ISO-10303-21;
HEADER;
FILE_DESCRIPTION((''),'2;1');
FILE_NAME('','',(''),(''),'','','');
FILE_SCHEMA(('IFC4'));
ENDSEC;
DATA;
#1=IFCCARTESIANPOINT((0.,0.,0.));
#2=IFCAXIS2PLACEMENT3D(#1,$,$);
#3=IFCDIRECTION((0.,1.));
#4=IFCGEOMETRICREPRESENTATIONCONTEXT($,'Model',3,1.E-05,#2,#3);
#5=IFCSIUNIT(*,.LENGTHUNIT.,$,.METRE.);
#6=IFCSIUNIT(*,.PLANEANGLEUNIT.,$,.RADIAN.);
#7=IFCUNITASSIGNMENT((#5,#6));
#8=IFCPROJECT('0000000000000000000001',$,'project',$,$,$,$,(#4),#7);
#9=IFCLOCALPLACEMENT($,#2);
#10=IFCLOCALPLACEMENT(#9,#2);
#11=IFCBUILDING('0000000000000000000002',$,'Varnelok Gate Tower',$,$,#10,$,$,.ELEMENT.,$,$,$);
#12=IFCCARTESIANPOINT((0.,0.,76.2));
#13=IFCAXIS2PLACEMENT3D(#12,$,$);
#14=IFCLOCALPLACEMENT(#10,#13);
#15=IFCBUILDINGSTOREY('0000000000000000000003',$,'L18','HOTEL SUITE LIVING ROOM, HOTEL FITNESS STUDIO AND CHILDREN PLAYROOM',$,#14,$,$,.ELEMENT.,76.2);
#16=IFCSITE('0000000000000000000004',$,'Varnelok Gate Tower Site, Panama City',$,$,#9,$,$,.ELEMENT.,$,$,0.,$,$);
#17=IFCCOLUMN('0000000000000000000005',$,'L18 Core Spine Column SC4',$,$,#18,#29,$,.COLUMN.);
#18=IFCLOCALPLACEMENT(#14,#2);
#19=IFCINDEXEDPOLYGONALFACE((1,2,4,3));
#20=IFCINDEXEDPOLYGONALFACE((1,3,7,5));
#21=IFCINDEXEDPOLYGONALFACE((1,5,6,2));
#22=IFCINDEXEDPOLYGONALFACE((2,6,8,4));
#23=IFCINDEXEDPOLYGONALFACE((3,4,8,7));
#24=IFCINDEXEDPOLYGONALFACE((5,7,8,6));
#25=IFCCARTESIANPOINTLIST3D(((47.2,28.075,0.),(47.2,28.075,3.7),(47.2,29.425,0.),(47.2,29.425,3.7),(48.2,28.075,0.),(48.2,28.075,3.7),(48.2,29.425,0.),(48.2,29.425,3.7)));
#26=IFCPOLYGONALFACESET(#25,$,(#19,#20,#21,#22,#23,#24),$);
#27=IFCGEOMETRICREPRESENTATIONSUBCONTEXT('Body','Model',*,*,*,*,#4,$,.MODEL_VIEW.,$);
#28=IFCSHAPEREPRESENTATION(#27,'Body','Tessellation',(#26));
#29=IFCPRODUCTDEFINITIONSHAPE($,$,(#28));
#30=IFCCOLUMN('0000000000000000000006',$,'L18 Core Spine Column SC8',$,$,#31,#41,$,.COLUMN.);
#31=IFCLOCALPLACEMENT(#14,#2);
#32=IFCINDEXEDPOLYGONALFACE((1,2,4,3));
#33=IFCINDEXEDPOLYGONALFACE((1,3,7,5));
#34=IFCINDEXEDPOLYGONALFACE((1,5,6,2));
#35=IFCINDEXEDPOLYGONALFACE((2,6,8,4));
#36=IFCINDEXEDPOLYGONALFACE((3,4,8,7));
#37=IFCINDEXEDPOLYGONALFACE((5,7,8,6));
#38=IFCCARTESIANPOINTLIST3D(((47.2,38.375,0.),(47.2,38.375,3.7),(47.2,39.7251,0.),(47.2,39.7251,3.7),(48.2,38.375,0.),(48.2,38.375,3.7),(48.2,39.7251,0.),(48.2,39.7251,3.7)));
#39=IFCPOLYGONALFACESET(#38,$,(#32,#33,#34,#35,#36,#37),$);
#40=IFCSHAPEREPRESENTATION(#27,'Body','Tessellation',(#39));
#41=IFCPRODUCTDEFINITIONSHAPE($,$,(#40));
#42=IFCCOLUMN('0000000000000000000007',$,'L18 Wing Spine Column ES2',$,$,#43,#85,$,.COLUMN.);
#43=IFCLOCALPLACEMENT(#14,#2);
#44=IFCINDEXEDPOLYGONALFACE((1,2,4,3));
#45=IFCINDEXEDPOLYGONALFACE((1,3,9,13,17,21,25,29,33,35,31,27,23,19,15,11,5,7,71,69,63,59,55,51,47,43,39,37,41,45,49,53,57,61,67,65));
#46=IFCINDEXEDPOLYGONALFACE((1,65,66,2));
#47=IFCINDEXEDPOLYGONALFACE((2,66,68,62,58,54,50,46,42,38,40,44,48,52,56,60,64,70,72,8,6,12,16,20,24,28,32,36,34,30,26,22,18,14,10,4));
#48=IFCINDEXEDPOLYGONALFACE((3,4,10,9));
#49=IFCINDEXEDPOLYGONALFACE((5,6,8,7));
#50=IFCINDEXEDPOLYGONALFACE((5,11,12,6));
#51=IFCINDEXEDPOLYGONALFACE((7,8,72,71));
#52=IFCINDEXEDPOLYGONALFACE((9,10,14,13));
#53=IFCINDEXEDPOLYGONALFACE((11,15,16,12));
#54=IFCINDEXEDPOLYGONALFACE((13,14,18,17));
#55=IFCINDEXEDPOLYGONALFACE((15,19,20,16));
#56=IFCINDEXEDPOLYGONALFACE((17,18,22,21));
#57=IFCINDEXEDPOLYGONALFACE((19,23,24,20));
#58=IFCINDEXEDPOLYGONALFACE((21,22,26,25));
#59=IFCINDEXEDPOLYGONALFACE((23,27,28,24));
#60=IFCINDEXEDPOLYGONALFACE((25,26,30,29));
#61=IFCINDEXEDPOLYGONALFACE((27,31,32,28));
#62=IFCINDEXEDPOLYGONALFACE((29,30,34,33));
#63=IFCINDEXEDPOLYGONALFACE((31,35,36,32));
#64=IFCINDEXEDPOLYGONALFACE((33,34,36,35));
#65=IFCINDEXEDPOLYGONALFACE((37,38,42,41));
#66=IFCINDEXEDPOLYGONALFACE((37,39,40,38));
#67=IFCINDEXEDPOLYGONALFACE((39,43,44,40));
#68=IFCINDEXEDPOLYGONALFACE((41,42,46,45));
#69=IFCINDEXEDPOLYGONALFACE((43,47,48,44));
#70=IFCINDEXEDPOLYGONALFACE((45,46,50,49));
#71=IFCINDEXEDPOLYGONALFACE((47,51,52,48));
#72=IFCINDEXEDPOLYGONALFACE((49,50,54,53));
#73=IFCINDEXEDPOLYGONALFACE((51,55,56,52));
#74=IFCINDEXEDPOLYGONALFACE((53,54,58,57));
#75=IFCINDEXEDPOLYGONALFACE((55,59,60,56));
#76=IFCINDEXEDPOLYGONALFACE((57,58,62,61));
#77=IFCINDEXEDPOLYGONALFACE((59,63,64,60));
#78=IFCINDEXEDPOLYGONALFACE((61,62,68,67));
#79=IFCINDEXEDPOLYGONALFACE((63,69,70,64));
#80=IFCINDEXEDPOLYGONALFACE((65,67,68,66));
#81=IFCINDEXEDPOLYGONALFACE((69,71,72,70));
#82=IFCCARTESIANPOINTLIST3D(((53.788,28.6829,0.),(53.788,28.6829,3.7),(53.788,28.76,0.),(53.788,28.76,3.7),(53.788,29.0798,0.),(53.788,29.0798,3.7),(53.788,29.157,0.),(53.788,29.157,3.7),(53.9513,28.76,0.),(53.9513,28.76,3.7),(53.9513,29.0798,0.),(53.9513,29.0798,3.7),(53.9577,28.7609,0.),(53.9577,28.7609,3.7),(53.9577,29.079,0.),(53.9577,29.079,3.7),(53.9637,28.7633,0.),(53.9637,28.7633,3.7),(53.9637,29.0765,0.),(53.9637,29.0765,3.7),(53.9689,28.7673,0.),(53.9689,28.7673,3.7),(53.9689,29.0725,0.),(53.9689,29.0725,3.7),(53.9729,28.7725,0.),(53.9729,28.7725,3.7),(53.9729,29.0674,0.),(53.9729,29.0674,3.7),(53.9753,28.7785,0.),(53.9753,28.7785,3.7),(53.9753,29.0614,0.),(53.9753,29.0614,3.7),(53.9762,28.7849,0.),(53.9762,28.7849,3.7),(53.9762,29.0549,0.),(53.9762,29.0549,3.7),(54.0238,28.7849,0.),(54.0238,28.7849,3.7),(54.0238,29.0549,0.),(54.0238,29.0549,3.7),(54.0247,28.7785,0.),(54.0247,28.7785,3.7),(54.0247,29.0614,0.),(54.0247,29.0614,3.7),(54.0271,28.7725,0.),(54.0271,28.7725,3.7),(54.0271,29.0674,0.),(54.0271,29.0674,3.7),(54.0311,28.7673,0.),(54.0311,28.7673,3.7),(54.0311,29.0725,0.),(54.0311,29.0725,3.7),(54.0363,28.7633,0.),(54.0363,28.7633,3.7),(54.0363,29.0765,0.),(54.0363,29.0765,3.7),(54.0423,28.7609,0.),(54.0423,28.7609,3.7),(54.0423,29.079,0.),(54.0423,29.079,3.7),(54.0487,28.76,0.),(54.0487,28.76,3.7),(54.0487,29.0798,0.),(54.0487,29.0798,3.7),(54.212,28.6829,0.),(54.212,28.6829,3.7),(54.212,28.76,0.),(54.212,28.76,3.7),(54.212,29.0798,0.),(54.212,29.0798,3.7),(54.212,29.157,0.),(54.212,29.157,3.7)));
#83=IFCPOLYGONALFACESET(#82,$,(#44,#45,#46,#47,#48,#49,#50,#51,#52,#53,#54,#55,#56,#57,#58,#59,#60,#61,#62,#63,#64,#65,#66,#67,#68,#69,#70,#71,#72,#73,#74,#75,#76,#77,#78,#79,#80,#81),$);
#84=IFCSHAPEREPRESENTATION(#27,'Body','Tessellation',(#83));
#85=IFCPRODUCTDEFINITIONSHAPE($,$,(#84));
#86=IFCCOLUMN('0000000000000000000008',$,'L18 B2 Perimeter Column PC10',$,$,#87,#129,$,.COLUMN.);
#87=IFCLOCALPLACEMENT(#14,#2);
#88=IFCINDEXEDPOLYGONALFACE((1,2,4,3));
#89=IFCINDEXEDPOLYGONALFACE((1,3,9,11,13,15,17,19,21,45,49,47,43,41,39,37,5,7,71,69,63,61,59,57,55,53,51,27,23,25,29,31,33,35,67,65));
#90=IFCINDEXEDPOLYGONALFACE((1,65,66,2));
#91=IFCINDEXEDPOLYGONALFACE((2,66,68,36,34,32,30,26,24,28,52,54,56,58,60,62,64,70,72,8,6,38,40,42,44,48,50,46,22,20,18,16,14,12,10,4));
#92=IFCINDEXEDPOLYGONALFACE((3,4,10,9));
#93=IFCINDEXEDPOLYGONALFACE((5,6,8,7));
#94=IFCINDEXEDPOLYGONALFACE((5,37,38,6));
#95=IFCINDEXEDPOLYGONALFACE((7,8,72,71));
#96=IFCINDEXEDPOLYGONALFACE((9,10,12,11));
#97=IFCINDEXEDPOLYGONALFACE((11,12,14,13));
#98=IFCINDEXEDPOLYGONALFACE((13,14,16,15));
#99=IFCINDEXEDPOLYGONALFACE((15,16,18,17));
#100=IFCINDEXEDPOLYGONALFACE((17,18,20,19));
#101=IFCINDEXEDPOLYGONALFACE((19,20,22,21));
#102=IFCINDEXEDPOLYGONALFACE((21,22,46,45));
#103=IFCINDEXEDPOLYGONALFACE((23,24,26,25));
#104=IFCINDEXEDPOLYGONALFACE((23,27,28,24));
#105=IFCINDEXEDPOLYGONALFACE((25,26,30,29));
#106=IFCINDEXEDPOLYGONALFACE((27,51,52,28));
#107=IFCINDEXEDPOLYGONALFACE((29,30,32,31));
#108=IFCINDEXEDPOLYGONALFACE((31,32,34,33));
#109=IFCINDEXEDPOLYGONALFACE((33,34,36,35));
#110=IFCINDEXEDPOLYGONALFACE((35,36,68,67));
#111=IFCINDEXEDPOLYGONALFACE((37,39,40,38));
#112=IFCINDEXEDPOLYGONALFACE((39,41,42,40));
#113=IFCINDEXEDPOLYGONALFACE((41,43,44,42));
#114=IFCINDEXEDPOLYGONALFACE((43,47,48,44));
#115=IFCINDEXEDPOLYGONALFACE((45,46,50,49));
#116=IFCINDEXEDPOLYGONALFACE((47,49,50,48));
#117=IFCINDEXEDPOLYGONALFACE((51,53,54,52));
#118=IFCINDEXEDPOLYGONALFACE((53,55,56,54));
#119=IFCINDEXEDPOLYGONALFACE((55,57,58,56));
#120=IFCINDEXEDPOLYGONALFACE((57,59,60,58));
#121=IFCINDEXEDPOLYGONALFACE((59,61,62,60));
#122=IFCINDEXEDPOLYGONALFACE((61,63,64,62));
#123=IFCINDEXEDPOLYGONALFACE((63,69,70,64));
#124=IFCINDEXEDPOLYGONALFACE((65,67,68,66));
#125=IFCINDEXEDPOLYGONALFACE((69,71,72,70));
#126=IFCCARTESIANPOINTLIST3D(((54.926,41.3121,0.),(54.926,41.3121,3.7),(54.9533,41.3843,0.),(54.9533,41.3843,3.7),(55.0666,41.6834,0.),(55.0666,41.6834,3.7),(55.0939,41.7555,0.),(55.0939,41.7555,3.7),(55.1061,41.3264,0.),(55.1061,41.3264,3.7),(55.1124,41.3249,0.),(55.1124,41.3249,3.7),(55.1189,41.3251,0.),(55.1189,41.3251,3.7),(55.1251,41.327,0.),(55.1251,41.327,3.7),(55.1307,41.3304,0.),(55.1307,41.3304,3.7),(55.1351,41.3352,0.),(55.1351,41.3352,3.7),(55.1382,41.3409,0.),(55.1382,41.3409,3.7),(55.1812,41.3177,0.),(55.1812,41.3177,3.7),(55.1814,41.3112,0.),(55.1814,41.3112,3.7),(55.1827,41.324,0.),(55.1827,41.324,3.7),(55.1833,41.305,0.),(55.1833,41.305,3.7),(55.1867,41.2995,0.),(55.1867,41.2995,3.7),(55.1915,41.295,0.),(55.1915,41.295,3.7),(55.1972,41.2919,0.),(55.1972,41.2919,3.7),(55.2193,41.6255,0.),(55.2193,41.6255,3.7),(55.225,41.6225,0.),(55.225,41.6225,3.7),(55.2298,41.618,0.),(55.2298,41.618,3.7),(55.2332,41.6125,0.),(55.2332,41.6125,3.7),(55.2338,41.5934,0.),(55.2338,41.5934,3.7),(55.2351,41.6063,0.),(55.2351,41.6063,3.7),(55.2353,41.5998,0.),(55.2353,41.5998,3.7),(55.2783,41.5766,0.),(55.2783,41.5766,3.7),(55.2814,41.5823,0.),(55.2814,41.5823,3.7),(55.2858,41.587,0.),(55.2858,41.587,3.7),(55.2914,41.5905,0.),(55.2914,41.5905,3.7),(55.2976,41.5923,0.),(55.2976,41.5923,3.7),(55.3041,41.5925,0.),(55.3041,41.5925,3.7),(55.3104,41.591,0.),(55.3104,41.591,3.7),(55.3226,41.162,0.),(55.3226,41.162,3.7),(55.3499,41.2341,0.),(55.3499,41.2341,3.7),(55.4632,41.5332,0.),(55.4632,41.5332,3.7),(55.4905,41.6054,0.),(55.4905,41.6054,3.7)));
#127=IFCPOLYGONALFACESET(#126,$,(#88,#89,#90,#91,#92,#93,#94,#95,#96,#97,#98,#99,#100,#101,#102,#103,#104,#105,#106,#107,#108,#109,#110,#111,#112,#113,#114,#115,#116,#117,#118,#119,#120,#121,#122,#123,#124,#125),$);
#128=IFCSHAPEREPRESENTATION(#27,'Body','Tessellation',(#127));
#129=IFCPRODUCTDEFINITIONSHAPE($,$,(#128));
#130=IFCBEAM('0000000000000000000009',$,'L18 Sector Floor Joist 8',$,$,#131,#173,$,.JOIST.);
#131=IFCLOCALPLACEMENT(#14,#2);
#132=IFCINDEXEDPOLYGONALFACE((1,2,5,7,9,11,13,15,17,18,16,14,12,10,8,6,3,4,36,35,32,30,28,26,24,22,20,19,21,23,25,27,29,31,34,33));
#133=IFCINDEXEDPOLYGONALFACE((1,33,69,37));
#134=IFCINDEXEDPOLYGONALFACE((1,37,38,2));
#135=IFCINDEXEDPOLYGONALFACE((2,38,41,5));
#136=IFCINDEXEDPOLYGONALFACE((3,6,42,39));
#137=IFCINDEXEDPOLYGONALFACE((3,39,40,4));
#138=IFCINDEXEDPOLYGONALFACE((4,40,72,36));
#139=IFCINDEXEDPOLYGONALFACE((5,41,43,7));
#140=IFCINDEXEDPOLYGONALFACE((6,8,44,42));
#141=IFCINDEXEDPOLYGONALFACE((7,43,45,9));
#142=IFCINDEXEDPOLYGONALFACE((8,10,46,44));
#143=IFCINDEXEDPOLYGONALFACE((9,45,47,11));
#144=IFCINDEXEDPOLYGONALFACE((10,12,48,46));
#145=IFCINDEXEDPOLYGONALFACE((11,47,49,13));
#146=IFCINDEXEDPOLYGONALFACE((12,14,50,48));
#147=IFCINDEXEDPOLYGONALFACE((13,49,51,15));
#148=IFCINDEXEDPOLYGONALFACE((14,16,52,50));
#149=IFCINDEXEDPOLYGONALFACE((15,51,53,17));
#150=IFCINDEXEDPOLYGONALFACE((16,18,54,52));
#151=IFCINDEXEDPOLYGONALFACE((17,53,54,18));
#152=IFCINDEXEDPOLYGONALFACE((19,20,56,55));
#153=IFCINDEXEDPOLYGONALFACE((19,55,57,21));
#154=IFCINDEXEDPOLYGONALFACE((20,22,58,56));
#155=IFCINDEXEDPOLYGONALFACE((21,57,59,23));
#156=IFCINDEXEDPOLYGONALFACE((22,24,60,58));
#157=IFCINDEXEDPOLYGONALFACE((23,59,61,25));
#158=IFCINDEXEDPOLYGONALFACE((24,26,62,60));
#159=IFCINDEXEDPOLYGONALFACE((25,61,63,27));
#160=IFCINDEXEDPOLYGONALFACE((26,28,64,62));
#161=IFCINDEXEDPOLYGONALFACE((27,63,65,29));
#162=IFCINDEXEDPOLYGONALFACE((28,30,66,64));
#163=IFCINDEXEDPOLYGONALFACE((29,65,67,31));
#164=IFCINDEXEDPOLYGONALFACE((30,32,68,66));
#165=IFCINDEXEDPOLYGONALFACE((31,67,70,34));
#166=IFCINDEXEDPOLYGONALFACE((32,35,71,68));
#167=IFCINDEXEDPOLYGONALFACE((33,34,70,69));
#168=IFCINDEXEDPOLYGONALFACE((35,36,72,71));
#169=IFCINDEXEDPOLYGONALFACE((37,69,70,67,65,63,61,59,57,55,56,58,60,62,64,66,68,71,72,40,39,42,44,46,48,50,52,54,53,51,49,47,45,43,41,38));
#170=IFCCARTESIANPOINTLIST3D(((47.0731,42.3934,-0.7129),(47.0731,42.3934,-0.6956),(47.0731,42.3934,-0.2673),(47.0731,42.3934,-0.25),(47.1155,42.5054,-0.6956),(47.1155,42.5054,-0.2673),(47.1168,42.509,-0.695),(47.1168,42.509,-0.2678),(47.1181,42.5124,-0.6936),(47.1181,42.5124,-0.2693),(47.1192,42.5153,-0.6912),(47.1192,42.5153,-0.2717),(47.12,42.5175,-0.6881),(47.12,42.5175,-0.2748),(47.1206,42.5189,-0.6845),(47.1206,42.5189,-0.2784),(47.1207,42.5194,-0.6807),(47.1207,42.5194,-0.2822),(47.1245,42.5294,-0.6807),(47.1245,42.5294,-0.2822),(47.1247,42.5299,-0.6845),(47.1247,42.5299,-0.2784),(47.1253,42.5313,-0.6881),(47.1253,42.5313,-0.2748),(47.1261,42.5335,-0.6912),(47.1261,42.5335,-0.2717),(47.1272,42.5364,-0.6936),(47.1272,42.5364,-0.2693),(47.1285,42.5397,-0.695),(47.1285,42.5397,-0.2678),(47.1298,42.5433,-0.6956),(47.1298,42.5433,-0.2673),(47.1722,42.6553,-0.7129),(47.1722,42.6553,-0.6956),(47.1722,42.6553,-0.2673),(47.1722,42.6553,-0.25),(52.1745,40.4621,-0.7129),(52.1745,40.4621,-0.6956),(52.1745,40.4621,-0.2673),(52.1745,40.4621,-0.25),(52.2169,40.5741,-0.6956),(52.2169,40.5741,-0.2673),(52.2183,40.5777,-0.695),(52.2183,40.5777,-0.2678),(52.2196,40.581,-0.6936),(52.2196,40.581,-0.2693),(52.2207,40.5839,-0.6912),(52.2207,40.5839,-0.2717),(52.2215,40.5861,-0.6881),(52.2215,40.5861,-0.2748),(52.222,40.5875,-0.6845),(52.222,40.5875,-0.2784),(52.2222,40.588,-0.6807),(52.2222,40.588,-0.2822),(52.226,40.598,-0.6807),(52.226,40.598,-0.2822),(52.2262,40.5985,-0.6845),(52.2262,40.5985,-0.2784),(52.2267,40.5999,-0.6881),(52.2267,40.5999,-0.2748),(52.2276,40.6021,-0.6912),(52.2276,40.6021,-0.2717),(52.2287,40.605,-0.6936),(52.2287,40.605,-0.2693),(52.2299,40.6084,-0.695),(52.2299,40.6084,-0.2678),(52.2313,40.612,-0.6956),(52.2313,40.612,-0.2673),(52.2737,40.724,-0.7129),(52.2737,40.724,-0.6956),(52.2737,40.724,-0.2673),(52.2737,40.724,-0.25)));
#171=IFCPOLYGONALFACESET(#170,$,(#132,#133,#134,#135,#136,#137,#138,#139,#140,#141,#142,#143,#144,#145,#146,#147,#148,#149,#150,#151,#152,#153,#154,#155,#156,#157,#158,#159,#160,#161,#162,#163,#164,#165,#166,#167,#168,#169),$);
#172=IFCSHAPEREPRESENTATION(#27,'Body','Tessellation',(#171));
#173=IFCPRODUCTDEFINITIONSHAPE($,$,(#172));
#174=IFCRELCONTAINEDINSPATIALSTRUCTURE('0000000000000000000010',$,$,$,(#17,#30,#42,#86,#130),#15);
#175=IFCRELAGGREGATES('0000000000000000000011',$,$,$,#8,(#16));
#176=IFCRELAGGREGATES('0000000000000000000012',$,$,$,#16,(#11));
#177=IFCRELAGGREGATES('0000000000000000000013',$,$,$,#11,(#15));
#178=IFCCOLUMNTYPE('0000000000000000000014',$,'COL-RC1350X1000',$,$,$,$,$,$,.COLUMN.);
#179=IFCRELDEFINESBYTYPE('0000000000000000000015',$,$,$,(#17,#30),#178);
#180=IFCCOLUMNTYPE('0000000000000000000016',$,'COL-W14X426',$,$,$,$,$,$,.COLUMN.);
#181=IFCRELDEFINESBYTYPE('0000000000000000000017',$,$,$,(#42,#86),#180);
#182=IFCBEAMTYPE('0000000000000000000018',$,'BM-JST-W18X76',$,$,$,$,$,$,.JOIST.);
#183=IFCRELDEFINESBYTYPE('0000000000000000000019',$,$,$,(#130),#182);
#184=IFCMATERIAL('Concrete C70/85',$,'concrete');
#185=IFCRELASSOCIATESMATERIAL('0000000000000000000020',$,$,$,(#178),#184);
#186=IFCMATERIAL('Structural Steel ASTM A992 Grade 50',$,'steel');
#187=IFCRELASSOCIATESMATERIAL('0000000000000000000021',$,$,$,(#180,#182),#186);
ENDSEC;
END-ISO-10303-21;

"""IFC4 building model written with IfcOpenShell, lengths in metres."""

from ifc_helpers import new_model, si_unit, direction, frame, origin, origin_2d, place, context, subcontext, project, spatial, rectangle, i_section, extrude, material, material_profile, profile_set, type_object, element, save


model = new_model("IFC4")

# Units and contexts
model_context = context("Model", 3, precision=1e-05, world=origin(), true_north=direction((0.0, 1.0)))
body_context = subcontext(model_context, "Body", "Model", "MODEL_VIEW")
ifc_project = project(units=[si_unit("LENGTHUNIT", "METRE"), si_unit("PLANEANGLEUNIT", "RADIAN")], contexts=[model_context])

# Site, building, storey
site_placement = place(None, origin())
site = spatial("IfcSite", under=ifc_project, at=site_placement, Name="Varnelok Gate Tower Site, Panama City", CompositionType="ELEMENT", RefElevation=0.0)
building_placement = place(site_placement, origin())
building = spatial("IfcBuilding", under=site, at=building_placement, Name="Varnelok Gate Tower", CompositionType="ELEMENT")
storey_placement = place(building_placement, frame((0.0, 0.0, 76.2)))
storey = spatial("IfcBuildingStorey", under=building, at=storey_placement, Name="L18", Description="HOTEL SUITE LIVING ROOM, HOTEL FITNESS STUDIO AND CHILDREN PLAYROOM", CompositionType="ELEMENT", Elevation=76.2)

# Columns
ifc_material_1 = material(Name="Concrete C70/85", Category="concrete")
ifc_material_profile_1 = material_profile(ifc_material_1, rectangle(XDim=1.0, YDim=1.3501, at=origin_2d()), Name="RC1350X1000")
ifc_profile_set_1 = profile_set([ifc_material_profile_1], Name="Concrete C70/85")
column_type_1 = type_object("IfcColumnType", Name="COL-RC1350X1000", PredefinedType="COLUMN", material=ifc_profile_set_1)
for number, where, z_axis, x_axis, name in (
    (1, (47.7, 28.75, 0.0), (0.0, 0.0, 1.0), (1.0, 0.0, 0.0), "L18 Core Spine Column SC4"),
    (2, (47.7, 39.05, 0.0), (0.0, 0.0, 1.0), (1.0, 0.0, 0.0), "L18 Core Spine Column SC8"),
):
    element("IfcColumn", number, at=place(storey_placement, frame(where, z_axis=z_axis, x_axis=x_axis)), inside=storey, type_object=column_type_1, Name=name, PredefinedType="COLUMN", context=body_context, shape_type="SweptSolid", body=[
        extrude(rectangle(XDim=1.0, YDim=1.3501, at=origin_2d()), origin(), (0.0, 0.0, 1.0), 3.7),
    ])
ifc_material_2 = material(Name="Structural Steel ASTM A992 Grade 50", Category="steel")
ifc_material_profile_2 = material_profile(ifc_material_2, i_section(OverallWidth=0.4241, OverallDepth=0.4741, WebThickness=0.0476, FlangeThickness=0.0771, FilletRadius=0.0249, at=origin_2d()), Name="W14X426")
ifc_profile_set_2 = profile_set([ifc_material_profile_2], Name="Structural Steel ASTM A992 Grade 50")
column_type_2 = type_object("IfcColumnType", Name="COL-W14X426", PredefinedType="COLUMN", material=ifc_profile_set_2)
for number, where, z_axis, x_axis, name in (
    (3, (54.0, 28.9199, 0.0), (0.0, 0.0, 1.0), (1.0, 0.0, 0.0), "L18 Wing Spine Column ES2"),
    (4, (55.2083, 41.4587, 0.0), (0.0, 0.0, 1.0), (0.935222, -0.354063, 0.0), "L18 B2 Perimeter Column PC10"),
):
    element("IfcColumn", number, at=place(storey_placement, frame(where, z_axis=z_axis, x_axis=x_axis)), inside=storey, type_object=column_type_2, Name=name, PredefinedType="COLUMN", context=body_context, shape_type="SweptSolid", body=[
        extrude(i_section(OverallWidth=0.4241, OverallDepth=0.4741, WebThickness=0.0476, FlangeThickness=0.0771, FilletRadius=0.0249, at=origin_2d()), origin(), (0.0, 0.0, 1.0), 3.7),
    ])

# Beam
ifc_material_profile_3 = material_profile(ifc_material_2, i_section(OverallWidth=0.28, OverallDepth=0.4629, WebThickness=0.0107, FlangeThickness=0.0173, FilletRadius=0.0149, at=origin_2d()), Name="W18X76")
ifc_profile_set_3 = profile_set([ifc_material_profile_3], Name="Structural Steel ASTM A992 Grade 50")
beam_type_1 = type_object("IfcBeamType", Name="BM-JST-W18X76", PredefinedType="JOIST", material=ifc_profile_set_3)
beam_1_placement = place(storey_placement, frame((52.2241, 40.593, -0.4814), z_axis=(-0.935221, 0.354065, 0.0), x_axis=(-0.354065, -0.935221, 0.0)))
element("IfcBeam", 5, at=beam_1_placement, inside=storey, type_object=beam_type_1, Name="L18 Sector Floor Joist 8", PredefinedType="JOIST", context=body_context, shape_type="SweptSolid", body=[
    extrude(i_section(OverallWidth=0.28, OverallDepth=0.4629, WebThickness=0.0107, FlangeThickness=0.0173, FilletRadius=0.0149, at=origin_2d()), origin(), (0.0, 0.0, 1.0), 5.4548),
])

save(model, "model.ifc")
